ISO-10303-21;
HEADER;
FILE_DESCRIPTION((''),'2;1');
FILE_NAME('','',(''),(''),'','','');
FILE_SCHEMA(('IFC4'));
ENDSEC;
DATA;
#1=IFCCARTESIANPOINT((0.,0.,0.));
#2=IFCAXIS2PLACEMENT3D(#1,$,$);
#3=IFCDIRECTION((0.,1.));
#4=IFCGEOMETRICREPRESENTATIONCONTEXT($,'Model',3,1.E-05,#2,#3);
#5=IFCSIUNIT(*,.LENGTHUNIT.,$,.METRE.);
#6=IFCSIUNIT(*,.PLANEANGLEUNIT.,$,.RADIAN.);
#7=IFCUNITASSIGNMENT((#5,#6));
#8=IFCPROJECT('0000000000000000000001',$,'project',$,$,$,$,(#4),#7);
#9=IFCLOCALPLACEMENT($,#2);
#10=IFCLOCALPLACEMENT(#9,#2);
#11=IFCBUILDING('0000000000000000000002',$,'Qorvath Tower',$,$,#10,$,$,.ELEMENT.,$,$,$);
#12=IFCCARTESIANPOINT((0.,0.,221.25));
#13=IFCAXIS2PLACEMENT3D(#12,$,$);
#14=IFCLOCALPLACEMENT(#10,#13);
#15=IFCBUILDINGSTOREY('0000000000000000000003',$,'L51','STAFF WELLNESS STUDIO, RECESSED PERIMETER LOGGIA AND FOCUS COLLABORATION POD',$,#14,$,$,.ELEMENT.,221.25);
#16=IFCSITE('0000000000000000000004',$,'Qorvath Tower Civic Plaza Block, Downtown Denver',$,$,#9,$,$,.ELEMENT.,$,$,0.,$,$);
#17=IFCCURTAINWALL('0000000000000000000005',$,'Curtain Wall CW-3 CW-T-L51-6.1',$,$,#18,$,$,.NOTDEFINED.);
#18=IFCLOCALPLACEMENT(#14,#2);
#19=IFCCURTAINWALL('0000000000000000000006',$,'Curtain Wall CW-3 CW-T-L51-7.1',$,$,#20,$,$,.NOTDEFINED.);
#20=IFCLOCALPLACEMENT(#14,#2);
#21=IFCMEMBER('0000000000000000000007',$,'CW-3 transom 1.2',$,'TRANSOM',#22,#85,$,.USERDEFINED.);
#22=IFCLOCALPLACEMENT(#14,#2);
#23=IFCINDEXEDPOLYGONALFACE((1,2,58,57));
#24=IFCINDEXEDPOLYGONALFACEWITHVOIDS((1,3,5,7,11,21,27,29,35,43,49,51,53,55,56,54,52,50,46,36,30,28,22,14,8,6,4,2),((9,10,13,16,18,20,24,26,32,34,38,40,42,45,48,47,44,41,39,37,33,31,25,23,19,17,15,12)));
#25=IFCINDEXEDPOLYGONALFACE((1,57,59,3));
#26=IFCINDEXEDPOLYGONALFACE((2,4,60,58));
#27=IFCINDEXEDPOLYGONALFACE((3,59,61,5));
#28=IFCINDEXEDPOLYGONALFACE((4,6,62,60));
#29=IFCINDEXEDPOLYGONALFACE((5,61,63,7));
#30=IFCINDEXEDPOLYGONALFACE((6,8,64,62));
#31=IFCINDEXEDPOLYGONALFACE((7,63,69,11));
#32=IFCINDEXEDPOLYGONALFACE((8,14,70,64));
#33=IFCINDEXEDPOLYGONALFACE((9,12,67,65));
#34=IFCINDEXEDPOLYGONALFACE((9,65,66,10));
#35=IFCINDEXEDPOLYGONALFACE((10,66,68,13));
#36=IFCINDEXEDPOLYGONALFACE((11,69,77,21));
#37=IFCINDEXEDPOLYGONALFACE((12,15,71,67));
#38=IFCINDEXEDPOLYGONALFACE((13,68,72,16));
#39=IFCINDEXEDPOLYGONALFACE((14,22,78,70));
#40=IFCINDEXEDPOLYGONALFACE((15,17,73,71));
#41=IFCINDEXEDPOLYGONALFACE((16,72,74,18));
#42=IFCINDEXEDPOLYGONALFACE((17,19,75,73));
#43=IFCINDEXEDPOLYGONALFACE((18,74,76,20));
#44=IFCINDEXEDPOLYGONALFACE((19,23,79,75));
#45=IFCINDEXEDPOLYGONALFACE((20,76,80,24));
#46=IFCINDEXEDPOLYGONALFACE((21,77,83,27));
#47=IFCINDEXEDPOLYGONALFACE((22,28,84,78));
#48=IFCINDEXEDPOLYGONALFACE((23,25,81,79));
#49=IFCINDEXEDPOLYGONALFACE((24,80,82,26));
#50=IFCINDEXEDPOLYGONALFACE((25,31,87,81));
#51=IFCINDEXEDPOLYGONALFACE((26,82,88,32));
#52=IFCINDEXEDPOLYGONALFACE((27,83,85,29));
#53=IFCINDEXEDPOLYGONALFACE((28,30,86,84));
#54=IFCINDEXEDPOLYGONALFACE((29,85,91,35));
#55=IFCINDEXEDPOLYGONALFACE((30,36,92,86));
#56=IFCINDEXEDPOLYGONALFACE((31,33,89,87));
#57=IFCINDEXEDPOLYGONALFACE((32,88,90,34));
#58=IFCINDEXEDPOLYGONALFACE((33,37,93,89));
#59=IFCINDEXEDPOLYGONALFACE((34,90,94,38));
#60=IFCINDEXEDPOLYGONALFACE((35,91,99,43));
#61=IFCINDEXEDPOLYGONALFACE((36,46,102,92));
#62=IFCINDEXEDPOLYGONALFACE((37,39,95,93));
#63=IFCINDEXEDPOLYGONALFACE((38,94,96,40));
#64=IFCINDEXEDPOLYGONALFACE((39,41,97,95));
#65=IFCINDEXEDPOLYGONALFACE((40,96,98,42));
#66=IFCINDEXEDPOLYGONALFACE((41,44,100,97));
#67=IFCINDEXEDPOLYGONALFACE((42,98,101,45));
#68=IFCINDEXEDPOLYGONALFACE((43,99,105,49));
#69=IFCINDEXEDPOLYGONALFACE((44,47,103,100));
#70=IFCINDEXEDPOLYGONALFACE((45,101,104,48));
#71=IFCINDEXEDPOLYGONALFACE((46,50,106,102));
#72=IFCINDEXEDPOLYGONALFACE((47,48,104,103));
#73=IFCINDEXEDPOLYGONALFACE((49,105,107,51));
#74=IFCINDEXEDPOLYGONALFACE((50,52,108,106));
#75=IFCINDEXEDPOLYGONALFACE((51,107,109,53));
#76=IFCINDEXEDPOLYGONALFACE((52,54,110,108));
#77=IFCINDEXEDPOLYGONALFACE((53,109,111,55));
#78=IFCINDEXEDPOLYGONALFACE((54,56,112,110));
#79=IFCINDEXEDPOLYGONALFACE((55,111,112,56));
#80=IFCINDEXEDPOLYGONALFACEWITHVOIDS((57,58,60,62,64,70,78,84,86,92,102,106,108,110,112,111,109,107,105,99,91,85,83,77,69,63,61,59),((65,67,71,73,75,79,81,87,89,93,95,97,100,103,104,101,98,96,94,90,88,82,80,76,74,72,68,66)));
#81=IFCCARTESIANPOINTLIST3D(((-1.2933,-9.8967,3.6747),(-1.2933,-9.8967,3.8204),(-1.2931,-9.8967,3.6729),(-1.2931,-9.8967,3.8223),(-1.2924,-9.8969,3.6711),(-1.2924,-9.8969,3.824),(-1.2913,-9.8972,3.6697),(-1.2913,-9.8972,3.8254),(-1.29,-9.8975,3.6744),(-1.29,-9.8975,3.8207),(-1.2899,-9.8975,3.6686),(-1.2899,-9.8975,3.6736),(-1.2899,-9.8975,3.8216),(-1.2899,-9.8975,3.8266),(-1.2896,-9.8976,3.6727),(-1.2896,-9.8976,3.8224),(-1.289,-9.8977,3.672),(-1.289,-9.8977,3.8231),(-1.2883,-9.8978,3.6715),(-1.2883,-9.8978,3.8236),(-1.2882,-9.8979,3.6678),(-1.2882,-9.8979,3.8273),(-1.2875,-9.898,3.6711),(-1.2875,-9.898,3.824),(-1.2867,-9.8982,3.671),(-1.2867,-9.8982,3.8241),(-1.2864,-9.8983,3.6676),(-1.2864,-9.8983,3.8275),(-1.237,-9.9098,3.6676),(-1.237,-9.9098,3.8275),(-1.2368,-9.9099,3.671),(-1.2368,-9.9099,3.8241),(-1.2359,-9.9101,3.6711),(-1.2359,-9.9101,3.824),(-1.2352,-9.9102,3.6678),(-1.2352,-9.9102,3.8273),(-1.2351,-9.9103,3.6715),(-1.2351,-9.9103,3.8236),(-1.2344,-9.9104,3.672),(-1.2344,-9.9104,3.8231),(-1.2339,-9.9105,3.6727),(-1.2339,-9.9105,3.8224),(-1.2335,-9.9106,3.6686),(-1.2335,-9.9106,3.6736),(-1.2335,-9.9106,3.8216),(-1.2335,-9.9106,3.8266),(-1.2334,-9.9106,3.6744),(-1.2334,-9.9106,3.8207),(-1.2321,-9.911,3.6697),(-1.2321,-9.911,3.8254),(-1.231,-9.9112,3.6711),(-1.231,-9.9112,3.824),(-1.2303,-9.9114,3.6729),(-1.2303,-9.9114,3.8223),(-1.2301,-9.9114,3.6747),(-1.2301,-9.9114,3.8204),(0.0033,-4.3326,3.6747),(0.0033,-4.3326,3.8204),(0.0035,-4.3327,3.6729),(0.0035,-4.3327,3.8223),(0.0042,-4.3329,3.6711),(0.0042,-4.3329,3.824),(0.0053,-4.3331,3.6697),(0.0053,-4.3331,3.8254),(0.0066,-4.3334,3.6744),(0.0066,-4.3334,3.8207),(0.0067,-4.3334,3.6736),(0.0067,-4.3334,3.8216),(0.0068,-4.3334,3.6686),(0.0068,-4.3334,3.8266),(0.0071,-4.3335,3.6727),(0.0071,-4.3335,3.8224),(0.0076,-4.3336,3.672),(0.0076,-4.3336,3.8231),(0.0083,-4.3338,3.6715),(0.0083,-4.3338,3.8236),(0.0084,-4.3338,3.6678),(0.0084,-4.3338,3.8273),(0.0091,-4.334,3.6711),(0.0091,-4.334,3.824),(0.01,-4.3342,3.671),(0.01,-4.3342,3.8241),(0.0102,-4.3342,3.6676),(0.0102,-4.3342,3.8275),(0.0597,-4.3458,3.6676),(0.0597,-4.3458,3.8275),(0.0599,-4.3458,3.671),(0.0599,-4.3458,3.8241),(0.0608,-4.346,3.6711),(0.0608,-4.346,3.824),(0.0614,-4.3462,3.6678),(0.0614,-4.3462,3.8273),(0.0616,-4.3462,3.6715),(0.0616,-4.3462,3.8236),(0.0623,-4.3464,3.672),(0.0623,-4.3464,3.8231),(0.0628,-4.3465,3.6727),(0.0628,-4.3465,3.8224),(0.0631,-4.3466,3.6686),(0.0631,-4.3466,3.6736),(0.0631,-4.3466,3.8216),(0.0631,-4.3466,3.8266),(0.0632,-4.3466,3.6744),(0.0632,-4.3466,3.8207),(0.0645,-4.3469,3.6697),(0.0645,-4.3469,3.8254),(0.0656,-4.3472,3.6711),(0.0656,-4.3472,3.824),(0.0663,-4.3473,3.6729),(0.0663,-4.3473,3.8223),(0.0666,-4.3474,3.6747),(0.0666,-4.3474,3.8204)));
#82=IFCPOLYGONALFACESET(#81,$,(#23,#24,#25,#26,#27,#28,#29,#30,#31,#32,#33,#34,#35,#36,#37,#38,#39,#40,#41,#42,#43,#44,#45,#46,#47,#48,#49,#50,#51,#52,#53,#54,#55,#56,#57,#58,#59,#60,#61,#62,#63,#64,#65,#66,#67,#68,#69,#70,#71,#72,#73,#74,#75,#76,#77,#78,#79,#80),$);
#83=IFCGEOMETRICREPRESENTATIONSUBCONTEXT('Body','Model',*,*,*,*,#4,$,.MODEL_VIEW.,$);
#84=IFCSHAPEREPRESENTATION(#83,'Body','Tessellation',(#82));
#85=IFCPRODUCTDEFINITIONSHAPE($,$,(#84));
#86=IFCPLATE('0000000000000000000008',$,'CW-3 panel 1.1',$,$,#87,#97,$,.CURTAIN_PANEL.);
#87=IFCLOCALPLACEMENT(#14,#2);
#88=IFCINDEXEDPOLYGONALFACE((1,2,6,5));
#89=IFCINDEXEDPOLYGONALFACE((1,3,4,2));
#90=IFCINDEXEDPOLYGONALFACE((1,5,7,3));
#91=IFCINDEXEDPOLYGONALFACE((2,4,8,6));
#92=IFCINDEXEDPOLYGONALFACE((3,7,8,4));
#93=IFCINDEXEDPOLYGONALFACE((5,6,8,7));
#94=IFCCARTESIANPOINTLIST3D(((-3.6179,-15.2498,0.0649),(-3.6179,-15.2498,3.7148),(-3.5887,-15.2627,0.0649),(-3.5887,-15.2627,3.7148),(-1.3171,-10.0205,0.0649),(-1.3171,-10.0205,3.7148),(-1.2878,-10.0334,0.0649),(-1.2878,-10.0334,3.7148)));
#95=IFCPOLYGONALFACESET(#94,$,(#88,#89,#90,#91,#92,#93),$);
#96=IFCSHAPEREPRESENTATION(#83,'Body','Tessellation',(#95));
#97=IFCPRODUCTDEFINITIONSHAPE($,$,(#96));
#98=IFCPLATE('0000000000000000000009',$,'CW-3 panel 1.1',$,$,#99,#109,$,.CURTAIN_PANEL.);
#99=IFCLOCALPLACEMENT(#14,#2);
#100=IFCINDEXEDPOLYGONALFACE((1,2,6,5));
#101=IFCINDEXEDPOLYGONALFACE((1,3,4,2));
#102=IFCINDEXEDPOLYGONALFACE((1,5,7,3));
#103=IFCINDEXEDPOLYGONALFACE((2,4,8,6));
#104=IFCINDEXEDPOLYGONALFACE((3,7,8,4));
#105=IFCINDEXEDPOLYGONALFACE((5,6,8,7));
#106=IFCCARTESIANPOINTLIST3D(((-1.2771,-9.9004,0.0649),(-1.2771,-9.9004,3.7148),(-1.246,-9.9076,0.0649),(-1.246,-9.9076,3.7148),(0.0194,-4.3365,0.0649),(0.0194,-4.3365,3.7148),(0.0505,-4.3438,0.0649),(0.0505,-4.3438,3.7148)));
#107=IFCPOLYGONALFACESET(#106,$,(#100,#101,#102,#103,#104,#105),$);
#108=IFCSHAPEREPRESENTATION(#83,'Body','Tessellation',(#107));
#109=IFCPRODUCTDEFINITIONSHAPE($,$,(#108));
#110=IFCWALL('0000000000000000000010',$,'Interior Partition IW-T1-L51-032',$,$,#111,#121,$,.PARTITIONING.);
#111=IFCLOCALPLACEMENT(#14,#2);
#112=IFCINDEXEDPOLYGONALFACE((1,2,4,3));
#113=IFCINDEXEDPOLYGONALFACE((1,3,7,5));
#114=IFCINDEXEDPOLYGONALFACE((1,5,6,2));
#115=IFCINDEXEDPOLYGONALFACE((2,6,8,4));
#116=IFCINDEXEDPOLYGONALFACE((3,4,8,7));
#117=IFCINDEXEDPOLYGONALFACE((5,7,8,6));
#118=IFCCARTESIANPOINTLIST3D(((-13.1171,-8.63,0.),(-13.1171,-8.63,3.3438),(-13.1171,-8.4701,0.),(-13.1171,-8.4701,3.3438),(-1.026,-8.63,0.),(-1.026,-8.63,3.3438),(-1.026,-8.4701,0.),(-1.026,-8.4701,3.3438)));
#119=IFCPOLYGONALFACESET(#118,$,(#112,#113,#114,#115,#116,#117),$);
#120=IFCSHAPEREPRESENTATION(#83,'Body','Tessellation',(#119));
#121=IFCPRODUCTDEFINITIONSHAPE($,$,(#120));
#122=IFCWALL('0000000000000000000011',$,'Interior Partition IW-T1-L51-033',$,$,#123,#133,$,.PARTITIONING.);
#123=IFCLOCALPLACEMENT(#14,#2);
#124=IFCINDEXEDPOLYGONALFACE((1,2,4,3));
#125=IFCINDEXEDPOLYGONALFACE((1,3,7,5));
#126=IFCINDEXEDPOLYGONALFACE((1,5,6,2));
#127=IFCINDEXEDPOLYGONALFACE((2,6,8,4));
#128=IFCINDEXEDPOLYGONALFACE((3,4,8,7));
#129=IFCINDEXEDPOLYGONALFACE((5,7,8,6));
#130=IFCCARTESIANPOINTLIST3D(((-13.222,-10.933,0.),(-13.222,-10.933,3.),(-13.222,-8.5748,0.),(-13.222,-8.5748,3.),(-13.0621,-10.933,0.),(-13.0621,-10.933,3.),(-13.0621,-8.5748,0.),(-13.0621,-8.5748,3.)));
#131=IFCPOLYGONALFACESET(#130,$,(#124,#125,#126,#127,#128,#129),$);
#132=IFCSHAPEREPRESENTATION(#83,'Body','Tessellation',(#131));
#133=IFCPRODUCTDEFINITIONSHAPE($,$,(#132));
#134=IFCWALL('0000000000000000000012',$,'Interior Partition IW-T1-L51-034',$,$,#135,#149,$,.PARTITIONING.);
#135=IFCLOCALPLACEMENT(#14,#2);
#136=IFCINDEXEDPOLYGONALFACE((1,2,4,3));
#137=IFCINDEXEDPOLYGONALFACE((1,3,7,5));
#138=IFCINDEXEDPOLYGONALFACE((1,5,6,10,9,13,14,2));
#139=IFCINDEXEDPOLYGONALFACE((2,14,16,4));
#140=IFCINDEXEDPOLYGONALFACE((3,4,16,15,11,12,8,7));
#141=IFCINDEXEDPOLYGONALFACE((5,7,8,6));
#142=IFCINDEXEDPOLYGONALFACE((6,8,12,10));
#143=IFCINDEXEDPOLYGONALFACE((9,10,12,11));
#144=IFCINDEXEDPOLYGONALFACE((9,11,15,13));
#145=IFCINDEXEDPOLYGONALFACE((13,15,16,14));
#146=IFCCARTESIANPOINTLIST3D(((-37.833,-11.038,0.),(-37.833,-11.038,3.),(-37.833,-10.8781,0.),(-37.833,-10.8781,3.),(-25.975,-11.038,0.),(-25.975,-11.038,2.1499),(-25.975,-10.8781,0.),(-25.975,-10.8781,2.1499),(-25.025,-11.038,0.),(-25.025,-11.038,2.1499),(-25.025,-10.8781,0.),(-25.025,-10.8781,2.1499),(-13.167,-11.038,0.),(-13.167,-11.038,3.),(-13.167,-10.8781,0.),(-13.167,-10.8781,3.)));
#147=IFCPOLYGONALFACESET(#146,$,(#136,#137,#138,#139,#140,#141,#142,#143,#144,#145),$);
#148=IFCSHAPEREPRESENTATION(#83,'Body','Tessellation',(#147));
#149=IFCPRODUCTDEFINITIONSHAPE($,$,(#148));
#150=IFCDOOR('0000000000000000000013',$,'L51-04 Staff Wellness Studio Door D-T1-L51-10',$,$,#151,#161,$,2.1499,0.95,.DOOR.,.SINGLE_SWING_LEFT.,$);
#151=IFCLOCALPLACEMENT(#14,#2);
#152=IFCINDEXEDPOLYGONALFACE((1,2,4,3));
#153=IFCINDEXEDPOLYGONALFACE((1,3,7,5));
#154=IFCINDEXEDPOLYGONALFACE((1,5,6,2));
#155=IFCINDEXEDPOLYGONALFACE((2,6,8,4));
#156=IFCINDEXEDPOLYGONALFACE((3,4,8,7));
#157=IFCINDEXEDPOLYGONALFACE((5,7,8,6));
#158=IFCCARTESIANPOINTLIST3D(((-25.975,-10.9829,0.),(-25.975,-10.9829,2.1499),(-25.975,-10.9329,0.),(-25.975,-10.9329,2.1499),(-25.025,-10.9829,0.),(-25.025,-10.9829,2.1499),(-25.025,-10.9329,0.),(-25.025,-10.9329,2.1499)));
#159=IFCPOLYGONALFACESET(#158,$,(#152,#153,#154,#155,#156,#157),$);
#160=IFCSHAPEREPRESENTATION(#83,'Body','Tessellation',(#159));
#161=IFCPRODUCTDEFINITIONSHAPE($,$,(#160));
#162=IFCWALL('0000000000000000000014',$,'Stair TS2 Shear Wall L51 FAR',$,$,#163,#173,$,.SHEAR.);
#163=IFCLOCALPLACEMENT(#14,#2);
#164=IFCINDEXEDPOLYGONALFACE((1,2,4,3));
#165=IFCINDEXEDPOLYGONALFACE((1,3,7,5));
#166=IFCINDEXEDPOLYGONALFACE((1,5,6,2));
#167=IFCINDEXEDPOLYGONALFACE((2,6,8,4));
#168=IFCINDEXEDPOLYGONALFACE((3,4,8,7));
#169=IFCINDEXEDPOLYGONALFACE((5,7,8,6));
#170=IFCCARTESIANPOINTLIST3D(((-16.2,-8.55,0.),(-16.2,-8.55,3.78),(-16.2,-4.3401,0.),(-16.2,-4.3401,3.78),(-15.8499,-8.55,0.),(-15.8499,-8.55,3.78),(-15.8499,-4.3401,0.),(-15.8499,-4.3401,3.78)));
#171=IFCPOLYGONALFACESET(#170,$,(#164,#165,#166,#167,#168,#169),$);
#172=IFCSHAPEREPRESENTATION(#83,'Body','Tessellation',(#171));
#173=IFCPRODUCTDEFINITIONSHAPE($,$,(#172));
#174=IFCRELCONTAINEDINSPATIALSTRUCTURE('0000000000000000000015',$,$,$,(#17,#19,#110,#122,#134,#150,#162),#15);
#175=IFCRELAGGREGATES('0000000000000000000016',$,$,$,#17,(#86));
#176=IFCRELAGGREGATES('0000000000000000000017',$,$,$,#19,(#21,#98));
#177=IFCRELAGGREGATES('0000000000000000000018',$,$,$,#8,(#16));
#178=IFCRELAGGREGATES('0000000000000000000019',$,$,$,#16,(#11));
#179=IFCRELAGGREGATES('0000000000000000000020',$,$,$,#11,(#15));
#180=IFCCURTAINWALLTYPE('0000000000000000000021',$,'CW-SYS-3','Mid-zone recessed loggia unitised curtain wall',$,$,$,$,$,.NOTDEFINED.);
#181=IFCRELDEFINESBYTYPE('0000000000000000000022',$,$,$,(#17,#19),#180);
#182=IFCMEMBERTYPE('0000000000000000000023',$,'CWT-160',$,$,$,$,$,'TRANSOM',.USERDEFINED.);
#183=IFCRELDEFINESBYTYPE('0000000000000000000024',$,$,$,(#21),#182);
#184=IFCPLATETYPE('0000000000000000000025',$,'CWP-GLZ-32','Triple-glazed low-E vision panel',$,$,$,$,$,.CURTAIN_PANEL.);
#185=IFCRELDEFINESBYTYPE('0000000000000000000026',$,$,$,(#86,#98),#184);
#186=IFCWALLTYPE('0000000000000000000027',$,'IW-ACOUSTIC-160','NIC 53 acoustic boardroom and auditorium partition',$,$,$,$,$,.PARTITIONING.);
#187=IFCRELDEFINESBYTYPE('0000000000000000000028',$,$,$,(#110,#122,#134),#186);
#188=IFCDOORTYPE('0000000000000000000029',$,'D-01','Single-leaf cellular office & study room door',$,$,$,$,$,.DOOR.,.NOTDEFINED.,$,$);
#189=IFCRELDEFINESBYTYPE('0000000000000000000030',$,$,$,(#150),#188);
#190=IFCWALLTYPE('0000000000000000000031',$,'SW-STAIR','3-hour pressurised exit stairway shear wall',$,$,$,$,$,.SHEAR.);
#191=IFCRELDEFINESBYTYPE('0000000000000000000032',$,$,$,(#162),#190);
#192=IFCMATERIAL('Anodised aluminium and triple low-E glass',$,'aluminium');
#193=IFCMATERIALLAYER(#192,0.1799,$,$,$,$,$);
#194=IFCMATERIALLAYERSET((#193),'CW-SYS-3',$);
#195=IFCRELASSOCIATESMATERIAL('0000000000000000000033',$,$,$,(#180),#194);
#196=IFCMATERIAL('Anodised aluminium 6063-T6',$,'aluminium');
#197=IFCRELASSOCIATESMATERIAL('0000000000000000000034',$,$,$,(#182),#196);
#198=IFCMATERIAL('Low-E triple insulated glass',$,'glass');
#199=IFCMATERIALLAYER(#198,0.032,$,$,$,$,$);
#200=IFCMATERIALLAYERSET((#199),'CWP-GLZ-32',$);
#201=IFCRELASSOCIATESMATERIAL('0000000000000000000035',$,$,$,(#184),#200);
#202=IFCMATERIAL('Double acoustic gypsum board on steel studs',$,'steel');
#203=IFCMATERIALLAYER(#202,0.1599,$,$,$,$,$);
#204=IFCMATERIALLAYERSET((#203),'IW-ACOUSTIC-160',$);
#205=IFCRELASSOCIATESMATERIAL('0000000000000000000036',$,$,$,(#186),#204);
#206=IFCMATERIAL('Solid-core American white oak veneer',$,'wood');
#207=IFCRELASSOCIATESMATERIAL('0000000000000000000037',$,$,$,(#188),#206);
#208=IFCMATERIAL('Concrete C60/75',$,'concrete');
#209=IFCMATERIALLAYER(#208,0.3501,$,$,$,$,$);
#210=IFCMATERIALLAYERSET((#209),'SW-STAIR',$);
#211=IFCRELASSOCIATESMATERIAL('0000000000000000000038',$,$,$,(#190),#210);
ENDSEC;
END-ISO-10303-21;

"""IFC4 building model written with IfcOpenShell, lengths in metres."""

from ifc_helpers import new_model, si_unit, direction, frame, frame_2d, origin, origin_2d, place, context, subcontext, project, spatial, rectangle, hollow_rectangle, extrude, material, layer, layer_set, material_profile, profile_set, type_object, element, fill, aggregate, save


model = new_model("IFC4")

# Units and contexts
model_context = context("Model", 3, precision=1e-05, world=origin(), true_north=direction((0.0, 1.0)))
body_context = subcontext(model_context, "Body", "Model", "MODEL_VIEW")
ifc_project = project(units=[si_unit("LENGTHUNIT", "METRE"), si_unit("PLANEANGLEUNIT", "RADIAN")], contexts=[model_context])

# Site, building, storey
site_placement = place(None, origin())
site = spatial("IfcSite", under=ifc_project, at=site_placement, Name="Qorvath Tower Civic Plaza Block, Downtown Denver", CompositionType="ELEMENT", RefElevation=0.0)
building_placement = place(site_placement, origin())
building = spatial("IfcBuilding", under=site, at=building_placement, Name="Qorvath Tower", CompositionType="ELEMENT")
storey_placement = place(building_placement, frame((0.0, 0.0, 221.25)))
storey = spatial("IfcBuildingStorey", under=building, at=storey_placement, Name="L51", Description="STAFF WELLNESS STUDIO, RECESSED PERIMETER LOGGIA AND FOCUS COLLABORATION POD", CompositionType="ELEMENT", Elevation=221.25)

# Curtain walls
ifc_material_1 = material(Name="Anodised aluminium and triple low-E glass", Category="aluminium")
ifc_layer_1 = layer(ifc_material_1, 0.1799)
ifc_layer_set_1 = layer_set([ifc_layer_1], Name="CW-SYS-3")
curtain_wall_type = type_object("IfcCurtainWallType", Name="CW-SYS-3", Description="Mid-zone recessed loggia unitised curtain wall", PredefinedType="NOTDEFINED", material=ifc_layer_set_1)
curtain_wall_1_placement = place(storey_placement, origin())
curtain_wall_1 = element("IfcCurtainWall", 1, at=curtain_wall_1_placement, inside=storey, type_object=curtain_wall_type, Name="Curtain Wall CW-3 CW-T-L51-6.1", PredefinedType="NOTDEFINED")
curtain_wall_2_placement = place(storey_placement, origin())
curtain_wall_2 = element("IfcCurtainWall", 2, at=curtain_wall_2_placement, inside=storey, type_object=curtain_wall_type, Name="Curtain Wall CW-3 CW-T-L51-7.1", PredefinedType="NOTDEFINED")

# Member
ifc_material_2 = material(Name="Anodised aluminium 6063-T6", Category="aluminium")
ifc_material_profile_1 = material_profile(ifc_material_2, hollow_rectangle(XDim=0.0649, YDim=0.1599, WallThickness=0.0034, InnerFilletRadius=0.0034, OuterFilletRadius=0.0071, at=origin_2d()), Name="CWT 160x65")
ifc_profile_set_1 = profile_set([ifc_material_profile_1], Name="Anodised aluminium 6063-T6")
member_type_1 = type_object("IfcMemberType", Name="CWT-160", ElementType="TRANSOM", PredefinedType="USERDEFINED", material=ifc_profile_set_1)
member_1_placement = place(storey_placement, frame((-1.2617, -9.9041, 3.7476), z_axis=(0.226959, 0.973904, 0.0), x_axis=(-0.973904, 0.226959, 0.0)))
member_1 = element("IfcMember", 3, at=member_1_placement, type_object=member_type_1, Name="CW-3 transom 1.2", ObjectType="TRANSOM", PredefinedType="USERDEFINED", context=body_context, shape_type="SweptSolid", body=[
    extrude(hollow_rectangle(XDim=0.0649, YDim=0.1599, WallThickness=0.0034, InnerFilletRadius=0.0034, OuterFilletRadius=0.0071, at=origin_2d()), origin(), (0.0, 0.0, 1.0), 5.7131),
])

# Plates
ifc_material_3 = material(Name="Low-E triple insulated glass", Category="glass")
ifc_layer_2 = layer(ifc_material_3, 0.032)
ifc_layer_set_2 = layer_set([ifc_layer_2], Name="CWP-GLZ-32")
plate_type = type_object("IfcPlateType", Name="CWP-GLZ-32", Description="Triple-glazed low-E vision panel", PredefinedType="CURTAIN_PANEL", material=ifc_layer_set_2)
plate_1_placement = place(storey_placement, frame((-2.4529, -12.6416, 0.0649), z_axis=(0.0, 0.0, 1.0), x_axis=(0.402725, 0.915321, 0.0)))
plate_1 = element("IfcPlate", 4, at=plate_1_placement, type_object=plate_type, Name="CW-3 panel 1.1", PredefinedType="CURTAIN_PANEL", context=body_context, shape_type="SweptSolid", body=[
    extrude(rectangle(XDim=5.7131, YDim=0.032, at=origin_2d()), origin(), (0.0, 0.0, 1.0), 3.6499),
])
aggregate(curtain_wall_1, [plate_1])
plate_2_placement = place(storey_placement, frame((-0.6133, -7.1221, 0.0649), z_axis=(0.0, 0.0, 1.0), x_axis=(0.226944, 0.973908, 0.0)))
plate_2 = element("IfcPlate", 5, at=plate_2_placement, type_object=plate_type, Name="CW-3 panel 1.1", PredefinedType="CURTAIN_PANEL", context=body_context, shape_type="SweptSolid", body=[
    extrude(rectangle(XDim=5.7129, YDim=0.032, at=origin_2d()), origin(), (0.0, 0.0, 1.0), 3.6499),
])
aggregate(curtain_wall_2, [member_1, plate_2])

# Walls
ifc_material_4 = material(Name="Double acoustic gypsum board on steel studs", Category="steel")
ifc_layer_3 = layer(ifc_material_4, 0.1599)
ifc_layer_set_3 = layer_set([ifc_layer_3], Name="IW-ACOUSTIC-160")
wall_type_1 = type_object("IfcWallType", Name="IW-ACOUSTIC-160", Description="NIC 53 acoustic boardroom and auditorium partition", PredefinedType="PARTITIONING", material=ifc_layer_set_3)
wall_1_placement = place(storey_placement, frame((-1.0261, -8.55, 0.0), z_axis=(0.0, 0.0, 1.0), x_axis=(-1.0, 0.0, 0.0)))
element("IfcWall", 6, at=wall_1_placement, inside=storey, type_object=wall_type_1, Name="Interior Partition IW-T1-L51-032", PredefinedType="PARTITIONING", context=body_context, shape_type="SweptSolid", body=[
    extrude(rectangle(XDim=12.0911, YDim=0.1599, at=frame_2d((6.0454, 0.0))), origin(), (0.0, 0.0, 1.0), 3.3438),
])
wall_2_placement = place(storey_placement, frame((-13.1421, -10.9331, 0.0), z_axis=(0.0, 0.0, 1.0), x_axis=(0.0, 1.0, 0.0)))
element("IfcWall", 7, at=wall_2_placement, inside=storey, type_object=wall_type_1, Name="Interior Partition IW-T1-L51-033", PredefinedType="PARTITIONING", context=body_context, shape_type="SweptSolid", body=[
    extrude(rectangle(XDim=2.3582, YDim=0.1599, at=frame_2d((1.1792, 0.0))), origin(), (0.0, 0.0, 1.0), 3.0),
])

# Wall, opening, door
wall_3_placement = place(storey_placement, frame((-13.167, -10.958, 0.0), z_axis=(0.0, 0.0, 1.0), x_axis=(-1.0, 0.0, 0.0)))
wall_3 = element("IfcWall", 8, at=wall_3_placement, inside=storey, type_object=wall_type_1, Name="Interior Partition IW-T1-L51-034", PredefinedType="PARTITIONING", context=body_context, shape_type="SweptSolid", body=[
    extrude(rectangle(XDim=24.666, YDim=0.1599, at=frame_2d((12.333, 0.0))), origin(), (0.0, 0.0, 1.0), 3.0),
])
opening_placement = place(wall_3_placement, frame((11.8579, 0.0, 0.0)))
opening = element("IfcOpeningElement", 9, at=opening_placement, cuts=wall_3, PredefinedType="OPENING", context=body_context, shape_type="SweptSolid", body=[
    extrude(rectangle(XDim=0.95, YDim=2.1499, at=frame_2d((0.4751, 1.075))), frame((0.0, 0.0898, 0.0), z_axis=(0.0, -1.0, 0.0), x_axis=(1.0, 0.0, 0.0)), (0.0, 0.0, 1.0), 0.1799),
])
ifc_material_5 = material(Name="Solid-core American white oak veneer", Category="wood")
door_type = type_object("IfcDoorType", Name="D-01", Description="Single-leaf cellular office & study room door", OperationType="NOTDEFINED", PredefinedType="DOOR", material=ifc_material_5)
door_placement = place(opening_placement, origin())
door = element("IfcDoor", 10, at=door_placement, inside=storey, type_object=door_type, Name="L51-04 Staff Wellness Studio Door D-T1-L51-10", OperationType="SINGLE_SWING_LEFT", OverallHeight=2.1499, OverallWidth=0.95, PredefinedType="DOOR", context=body_context, shape_type="SweptSolid", body=[
    extrude(rectangle(XDim=0.95, YDim=2.1499, at=frame_2d((0.4751, 1.075))), frame((0.0, 0.0249, 0.0), z_axis=(0.0, -1.0, 0.0), x_axis=(1.0, 0.0, 0.0)), (0.0, 0.0, 1.0), 0.05),
])
fill(opening, door)

# Wall
ifc_material_6 = material(Name="Concrete C60/75", Category="concrete")
ifc_layer_4 = layer(ifc_material_6, 0.3501)
ifc_layer_set_4 = layer_set([ifc_layer_4], Name="SW-STAIR")
wall_type_2 = type_object("IfcWallType", Name="SW-STAIR", Description="3-hour pressurised exit stairway shear wall", PredefinedType="SHEAR", material=ifc_layer_set_4)
wall_4_placement = place(storey_placement, frame((-16.0249, -8.55, 0.0), z_axis=(0.0, 0.0, 1.0), x_axis=(0.0, 1.0, 0.0)))
element("IfcWall", 11, at=wall_4_placement, inside=storey, type_object=wall_type_2, Name="Stair TS2 Shear Wall L51 FAR", PredefinedType="SHEAR", context=body_context, shape_type="SweptSolid", body=[
    extrude(rectangle(XDim=4.21, YDim=0.3501, at=frame_2d((2.105, 0.0))), origin(), (0.0, 0.0, 1.0), 3.78),
])

save(model, "model.ifc")
